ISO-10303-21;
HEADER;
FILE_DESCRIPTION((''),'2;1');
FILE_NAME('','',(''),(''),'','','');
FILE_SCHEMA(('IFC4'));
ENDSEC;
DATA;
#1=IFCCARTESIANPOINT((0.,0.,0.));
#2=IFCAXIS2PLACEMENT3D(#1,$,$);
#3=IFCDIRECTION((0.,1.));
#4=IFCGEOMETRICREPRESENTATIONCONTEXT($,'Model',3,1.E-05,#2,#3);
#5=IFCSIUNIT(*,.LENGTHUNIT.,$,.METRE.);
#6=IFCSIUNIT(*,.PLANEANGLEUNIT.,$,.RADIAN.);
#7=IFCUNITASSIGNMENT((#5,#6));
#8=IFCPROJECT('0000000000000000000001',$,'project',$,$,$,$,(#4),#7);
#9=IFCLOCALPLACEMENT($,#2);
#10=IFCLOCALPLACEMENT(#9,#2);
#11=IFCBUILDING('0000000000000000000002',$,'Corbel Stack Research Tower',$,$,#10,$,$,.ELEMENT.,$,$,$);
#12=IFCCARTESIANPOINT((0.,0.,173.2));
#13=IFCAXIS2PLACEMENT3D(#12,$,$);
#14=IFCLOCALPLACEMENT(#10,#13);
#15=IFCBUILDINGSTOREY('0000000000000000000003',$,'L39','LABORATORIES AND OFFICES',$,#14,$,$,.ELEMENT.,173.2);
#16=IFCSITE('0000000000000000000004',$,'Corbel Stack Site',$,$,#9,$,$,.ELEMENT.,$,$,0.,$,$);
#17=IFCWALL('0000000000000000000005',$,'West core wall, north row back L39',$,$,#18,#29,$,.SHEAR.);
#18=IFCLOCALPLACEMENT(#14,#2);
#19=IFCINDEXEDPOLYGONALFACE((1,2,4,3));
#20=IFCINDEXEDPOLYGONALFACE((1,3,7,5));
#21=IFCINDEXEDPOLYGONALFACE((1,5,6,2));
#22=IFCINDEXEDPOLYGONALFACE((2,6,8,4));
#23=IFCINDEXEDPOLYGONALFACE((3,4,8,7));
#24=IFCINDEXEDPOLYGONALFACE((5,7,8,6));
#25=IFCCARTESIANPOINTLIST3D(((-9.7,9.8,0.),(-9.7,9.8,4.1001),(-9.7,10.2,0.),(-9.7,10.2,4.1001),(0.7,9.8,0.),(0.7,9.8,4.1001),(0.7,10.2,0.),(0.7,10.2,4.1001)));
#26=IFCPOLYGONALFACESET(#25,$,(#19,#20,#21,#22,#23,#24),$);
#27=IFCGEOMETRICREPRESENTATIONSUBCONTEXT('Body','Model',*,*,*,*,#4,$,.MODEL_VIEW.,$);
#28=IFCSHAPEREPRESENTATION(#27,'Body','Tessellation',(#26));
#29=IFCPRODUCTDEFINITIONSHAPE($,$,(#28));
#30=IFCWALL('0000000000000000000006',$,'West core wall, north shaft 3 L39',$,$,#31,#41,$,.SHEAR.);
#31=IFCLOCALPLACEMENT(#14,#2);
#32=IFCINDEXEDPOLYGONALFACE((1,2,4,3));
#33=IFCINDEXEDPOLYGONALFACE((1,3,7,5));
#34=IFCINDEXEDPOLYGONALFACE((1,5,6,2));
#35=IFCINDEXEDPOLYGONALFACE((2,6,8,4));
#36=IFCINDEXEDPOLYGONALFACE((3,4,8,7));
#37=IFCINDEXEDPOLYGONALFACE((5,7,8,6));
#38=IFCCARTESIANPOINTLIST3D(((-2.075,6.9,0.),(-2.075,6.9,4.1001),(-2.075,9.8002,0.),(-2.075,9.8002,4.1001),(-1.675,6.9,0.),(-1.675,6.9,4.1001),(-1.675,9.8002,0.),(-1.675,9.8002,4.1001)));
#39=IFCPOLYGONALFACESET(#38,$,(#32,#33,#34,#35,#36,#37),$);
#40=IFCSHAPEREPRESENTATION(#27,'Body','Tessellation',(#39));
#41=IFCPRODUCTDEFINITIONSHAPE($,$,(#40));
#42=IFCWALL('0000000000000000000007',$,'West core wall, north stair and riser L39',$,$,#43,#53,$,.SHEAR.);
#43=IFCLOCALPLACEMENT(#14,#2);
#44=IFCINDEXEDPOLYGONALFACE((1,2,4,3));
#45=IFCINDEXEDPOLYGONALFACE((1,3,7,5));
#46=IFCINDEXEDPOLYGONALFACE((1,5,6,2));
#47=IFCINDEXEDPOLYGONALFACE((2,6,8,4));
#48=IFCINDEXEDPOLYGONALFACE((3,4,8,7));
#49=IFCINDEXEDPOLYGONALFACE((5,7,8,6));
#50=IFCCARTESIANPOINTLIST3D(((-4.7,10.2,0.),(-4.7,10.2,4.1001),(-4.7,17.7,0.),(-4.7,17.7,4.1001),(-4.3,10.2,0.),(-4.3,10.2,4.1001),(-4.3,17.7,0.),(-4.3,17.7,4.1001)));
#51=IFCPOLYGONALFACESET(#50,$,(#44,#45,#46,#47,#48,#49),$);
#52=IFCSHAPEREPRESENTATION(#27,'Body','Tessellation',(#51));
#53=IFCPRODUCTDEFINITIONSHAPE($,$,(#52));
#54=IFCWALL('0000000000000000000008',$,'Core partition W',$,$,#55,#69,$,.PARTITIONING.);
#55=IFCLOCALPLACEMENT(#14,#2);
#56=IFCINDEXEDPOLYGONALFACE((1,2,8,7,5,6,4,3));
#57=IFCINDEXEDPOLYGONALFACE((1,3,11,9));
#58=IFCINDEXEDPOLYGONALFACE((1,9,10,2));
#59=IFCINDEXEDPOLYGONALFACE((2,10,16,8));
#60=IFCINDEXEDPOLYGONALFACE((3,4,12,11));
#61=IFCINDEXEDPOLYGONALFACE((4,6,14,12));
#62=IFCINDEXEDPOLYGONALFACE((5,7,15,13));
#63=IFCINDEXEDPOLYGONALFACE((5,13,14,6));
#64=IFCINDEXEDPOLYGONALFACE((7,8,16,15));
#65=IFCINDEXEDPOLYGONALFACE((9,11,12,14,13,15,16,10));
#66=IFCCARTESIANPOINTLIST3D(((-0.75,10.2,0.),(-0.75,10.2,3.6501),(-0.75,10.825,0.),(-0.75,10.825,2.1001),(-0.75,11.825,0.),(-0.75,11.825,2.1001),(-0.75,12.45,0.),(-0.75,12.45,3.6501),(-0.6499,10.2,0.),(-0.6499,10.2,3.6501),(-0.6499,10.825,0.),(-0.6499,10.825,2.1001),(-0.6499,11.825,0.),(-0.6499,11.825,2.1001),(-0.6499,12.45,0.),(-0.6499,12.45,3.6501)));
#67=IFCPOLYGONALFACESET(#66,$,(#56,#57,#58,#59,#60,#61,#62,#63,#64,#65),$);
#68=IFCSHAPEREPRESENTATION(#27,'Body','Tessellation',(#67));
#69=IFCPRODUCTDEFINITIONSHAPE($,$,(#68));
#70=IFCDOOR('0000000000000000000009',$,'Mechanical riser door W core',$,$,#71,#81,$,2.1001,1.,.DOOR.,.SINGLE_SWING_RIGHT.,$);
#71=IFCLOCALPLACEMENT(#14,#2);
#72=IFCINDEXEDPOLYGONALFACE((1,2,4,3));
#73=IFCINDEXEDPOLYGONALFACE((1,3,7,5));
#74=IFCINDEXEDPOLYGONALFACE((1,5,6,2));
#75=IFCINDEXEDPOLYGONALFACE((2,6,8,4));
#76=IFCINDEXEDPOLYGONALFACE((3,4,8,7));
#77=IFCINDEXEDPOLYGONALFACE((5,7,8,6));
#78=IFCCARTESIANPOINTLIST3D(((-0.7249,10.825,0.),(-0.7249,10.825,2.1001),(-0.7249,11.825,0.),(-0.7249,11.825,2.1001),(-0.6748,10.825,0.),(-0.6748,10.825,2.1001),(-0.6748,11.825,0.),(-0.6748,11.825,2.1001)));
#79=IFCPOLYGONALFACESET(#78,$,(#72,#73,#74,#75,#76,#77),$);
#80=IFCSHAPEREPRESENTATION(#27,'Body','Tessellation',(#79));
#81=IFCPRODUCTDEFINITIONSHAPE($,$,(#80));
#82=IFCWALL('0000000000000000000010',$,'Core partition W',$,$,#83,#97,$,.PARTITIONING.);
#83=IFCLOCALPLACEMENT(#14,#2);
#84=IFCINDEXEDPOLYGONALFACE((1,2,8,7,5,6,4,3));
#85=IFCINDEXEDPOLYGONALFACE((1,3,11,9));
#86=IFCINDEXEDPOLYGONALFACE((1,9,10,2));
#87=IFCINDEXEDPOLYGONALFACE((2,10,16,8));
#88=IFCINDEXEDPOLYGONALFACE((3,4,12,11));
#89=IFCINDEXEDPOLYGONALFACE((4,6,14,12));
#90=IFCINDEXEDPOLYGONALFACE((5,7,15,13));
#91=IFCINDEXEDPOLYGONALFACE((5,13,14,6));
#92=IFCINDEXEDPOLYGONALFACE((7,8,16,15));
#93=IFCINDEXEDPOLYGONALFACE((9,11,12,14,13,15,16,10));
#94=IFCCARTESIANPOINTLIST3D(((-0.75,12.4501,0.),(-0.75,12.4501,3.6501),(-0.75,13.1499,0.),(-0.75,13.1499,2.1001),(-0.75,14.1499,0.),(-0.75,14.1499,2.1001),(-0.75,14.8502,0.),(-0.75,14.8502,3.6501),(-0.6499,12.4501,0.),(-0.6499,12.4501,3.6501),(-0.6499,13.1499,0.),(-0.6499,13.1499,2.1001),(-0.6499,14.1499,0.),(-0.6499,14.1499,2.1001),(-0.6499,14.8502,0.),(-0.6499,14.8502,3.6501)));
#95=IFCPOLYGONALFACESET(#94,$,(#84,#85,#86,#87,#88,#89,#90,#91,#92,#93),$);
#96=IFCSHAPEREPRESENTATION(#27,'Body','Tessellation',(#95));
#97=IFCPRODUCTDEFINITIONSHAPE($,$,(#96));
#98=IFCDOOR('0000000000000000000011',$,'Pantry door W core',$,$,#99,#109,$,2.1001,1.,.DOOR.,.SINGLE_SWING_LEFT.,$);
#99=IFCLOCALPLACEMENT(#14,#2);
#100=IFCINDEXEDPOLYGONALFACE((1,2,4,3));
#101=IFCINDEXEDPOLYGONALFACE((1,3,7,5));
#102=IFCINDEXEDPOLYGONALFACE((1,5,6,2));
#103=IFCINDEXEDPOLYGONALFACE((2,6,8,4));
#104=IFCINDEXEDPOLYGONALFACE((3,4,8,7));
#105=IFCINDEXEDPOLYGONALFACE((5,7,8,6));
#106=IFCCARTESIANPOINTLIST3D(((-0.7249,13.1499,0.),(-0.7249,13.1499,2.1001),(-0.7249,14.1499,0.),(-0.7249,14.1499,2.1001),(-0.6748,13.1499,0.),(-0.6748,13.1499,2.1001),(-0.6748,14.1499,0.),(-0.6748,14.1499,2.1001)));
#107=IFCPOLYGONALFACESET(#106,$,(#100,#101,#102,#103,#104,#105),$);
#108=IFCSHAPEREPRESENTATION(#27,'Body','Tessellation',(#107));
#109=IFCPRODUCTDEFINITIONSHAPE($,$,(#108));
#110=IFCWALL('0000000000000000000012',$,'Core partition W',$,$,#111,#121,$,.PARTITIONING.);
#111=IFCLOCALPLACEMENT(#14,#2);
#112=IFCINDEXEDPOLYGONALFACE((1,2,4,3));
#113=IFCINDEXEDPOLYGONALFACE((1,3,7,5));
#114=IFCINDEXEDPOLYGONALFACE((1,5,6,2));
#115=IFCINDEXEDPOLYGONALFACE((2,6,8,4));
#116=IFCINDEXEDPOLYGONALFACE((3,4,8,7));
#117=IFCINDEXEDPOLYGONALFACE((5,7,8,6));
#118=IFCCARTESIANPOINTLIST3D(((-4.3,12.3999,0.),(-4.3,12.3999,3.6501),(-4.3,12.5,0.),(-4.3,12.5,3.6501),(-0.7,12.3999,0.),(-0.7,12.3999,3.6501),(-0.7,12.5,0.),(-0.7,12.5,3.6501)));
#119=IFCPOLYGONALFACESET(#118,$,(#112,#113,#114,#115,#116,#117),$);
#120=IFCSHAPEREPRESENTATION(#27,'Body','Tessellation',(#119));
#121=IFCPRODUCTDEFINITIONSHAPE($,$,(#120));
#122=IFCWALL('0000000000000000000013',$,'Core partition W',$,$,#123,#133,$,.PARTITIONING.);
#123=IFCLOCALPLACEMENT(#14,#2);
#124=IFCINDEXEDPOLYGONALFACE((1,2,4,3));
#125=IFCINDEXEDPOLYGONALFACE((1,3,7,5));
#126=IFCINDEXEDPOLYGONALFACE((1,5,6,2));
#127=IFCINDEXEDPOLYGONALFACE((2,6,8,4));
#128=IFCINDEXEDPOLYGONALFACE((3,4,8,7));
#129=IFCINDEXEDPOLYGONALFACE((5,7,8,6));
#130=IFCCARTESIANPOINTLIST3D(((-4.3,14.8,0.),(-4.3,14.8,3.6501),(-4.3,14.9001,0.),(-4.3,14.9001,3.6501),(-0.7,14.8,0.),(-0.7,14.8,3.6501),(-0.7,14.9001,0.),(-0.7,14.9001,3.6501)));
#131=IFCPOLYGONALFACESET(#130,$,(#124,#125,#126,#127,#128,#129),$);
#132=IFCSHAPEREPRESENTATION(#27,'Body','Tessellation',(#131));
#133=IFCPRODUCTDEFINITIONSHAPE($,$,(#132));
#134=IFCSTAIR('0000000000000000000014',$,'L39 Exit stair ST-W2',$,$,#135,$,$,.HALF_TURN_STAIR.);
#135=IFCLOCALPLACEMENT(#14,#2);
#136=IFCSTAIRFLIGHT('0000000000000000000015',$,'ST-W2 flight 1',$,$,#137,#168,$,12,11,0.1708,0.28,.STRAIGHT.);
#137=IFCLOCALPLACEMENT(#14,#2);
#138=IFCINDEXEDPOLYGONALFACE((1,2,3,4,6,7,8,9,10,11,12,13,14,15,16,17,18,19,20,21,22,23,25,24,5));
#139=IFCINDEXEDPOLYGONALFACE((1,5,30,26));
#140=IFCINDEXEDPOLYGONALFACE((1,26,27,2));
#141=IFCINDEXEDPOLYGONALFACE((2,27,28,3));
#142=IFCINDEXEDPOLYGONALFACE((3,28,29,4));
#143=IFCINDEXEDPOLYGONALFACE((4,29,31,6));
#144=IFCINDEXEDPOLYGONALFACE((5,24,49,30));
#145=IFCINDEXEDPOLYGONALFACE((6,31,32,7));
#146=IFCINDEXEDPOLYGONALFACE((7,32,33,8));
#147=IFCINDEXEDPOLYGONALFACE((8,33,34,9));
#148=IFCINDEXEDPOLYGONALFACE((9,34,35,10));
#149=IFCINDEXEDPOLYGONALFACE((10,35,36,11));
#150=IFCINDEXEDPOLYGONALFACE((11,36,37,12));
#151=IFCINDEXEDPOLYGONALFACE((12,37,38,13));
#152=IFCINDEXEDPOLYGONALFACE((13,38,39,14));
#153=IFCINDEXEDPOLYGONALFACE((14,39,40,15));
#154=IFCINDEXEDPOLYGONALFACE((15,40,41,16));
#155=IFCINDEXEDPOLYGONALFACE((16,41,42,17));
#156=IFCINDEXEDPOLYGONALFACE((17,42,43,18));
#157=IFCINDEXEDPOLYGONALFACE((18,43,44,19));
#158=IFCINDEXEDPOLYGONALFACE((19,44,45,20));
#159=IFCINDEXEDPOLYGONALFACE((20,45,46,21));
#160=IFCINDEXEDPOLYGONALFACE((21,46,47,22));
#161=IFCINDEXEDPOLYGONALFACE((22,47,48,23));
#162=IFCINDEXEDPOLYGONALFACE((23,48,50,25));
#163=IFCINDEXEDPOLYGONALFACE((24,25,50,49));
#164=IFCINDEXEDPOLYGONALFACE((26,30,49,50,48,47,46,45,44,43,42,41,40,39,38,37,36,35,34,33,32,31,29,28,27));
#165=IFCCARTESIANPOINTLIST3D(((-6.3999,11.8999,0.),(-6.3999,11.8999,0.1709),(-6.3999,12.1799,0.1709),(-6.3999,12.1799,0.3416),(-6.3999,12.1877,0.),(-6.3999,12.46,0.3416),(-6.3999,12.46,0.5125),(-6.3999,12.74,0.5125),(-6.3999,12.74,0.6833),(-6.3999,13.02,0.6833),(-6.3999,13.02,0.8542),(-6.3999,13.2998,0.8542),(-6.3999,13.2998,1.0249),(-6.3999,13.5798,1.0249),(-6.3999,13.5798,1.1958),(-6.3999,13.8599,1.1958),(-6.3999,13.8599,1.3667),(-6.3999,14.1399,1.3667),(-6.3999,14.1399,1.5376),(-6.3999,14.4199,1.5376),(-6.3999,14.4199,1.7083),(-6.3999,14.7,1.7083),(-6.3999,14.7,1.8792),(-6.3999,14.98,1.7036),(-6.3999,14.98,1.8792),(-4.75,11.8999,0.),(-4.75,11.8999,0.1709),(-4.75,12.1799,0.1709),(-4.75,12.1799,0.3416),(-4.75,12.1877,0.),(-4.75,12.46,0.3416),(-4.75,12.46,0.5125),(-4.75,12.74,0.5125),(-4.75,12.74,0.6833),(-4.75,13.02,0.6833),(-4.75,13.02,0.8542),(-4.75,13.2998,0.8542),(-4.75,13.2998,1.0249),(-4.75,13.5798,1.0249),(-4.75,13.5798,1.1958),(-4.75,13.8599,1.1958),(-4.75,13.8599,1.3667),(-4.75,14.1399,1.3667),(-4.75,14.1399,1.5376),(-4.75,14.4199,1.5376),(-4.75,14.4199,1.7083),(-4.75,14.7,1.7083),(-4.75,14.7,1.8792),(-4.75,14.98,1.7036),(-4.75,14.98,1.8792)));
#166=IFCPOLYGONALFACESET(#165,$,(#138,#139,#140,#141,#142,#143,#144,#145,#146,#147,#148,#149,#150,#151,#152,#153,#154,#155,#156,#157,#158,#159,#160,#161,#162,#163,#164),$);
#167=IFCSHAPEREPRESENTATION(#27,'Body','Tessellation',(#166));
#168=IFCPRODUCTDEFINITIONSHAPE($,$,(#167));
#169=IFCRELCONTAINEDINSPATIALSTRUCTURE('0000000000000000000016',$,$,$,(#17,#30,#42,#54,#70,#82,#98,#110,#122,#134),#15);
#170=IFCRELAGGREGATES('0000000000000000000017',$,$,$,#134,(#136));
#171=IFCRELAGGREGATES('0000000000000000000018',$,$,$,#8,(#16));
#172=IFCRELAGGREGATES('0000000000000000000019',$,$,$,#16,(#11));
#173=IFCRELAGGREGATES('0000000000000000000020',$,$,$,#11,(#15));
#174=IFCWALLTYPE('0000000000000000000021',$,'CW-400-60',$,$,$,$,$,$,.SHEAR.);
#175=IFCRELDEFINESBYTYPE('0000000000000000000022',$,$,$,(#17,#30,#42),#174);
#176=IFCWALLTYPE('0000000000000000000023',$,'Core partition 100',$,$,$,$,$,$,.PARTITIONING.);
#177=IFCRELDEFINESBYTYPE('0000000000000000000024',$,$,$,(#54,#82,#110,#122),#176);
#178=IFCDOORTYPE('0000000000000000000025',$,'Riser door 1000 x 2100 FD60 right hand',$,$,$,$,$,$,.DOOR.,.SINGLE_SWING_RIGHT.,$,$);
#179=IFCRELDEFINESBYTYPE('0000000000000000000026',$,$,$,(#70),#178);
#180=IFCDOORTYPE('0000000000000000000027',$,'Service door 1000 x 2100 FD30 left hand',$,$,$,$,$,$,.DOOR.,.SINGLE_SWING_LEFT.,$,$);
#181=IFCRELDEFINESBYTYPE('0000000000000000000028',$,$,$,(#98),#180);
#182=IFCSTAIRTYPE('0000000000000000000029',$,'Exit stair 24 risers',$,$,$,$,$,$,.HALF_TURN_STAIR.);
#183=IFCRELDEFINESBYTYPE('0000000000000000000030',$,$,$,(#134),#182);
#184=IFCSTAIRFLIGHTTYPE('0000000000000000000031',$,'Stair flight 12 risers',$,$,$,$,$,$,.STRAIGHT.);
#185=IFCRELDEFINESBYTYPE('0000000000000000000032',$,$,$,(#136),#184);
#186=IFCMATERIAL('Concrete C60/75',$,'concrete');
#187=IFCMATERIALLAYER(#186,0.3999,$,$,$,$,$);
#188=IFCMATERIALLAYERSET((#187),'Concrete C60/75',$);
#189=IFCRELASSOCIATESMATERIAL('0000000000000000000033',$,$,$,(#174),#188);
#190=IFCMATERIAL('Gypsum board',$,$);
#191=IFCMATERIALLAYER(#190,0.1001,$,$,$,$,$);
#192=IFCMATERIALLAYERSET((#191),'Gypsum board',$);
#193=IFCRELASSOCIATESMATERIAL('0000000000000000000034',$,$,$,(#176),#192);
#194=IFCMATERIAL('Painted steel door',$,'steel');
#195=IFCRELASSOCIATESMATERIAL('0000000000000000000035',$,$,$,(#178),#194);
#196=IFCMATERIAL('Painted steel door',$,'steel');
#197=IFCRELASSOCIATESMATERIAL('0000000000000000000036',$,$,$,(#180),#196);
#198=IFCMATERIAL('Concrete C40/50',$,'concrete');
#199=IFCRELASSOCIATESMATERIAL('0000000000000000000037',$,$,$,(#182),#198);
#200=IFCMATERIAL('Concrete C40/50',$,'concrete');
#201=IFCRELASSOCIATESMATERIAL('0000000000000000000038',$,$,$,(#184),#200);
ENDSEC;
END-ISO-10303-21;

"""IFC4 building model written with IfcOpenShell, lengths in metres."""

from ifc_helpers import new_model, si_unit, direction, frame, frame_2d, origin, place, context, subcontext, project, spatial, polyline, rectangle, outline, extrude, material, layer, layer_set, type_object, element, fill, aggregate, save


model = new_model("IFC4")

# Units and contexts
model_context = context("Model", 3, precision=1e-05, world=origin(), true_north=direction((0.0, 1.0)))
body_context = subcontext(model_context, "Body", "Model", "MODEL_VIEW")
ifc_project = project(units=[si_unit("LENGTHUNIT", "METRE"), si_unit("PLANEANGLEUNIT", "RADIAN")], contexts=[model_context])

# Site, building, storey
site_placement = place(None, origin())
site = spatial("IfcSite", under=ifc_project, at=site_placement, Name="Corbel Stack Site", CompositionType="ELEMENT", RefElevation=0.0)
building_placement = place(site_placement, origin())
building = spatial("IfcBuilding", under=site, at=building_placement, Name="Corbel Stack Research Tower", CompositionType="ELEMENT")
storey_placement = place(building_placement, frame((0.0, 0.0, 173.2)))
storey = spatial("IfcBuildingStorey", under=building, at=storey_placement, Name="L39", Description="LABORATORIES AND OFFICES", CompositionType="ELEMENT", Elevation=173.2)

# Walls
ifc_material_1 = material(Name="Concrete C60/75", Category="concrete")
ifc_layer_1 = layer(ifc_material_1, 0.3999)
ifc_layer_set_1 = layer_set([ifc_layer_1], Name="Concrete C60/75")
wall_type_1 = type_object("IfcWallType", Name="CW-400-60", PredefinedType="SHEAR", material=ifc_layer_set_1)
wall_1_placement = place(storey_placement, frame((-9.7, 10.0, 0.0), z_axis=(0.0, 0.0, 1.0), x_axis=(1.0, 0.0, 0.0)))
element("IfcWall", 1, at=wall_1_placement, inside=storey, type_object=wall_type_1, Name="West core wall, north row back L39", PredefinedType="SHEAR", context=body_context, shape_type="SweptSolid", body=[
    extrude(rectangle(XDim=10.3999, YDim=0.3999, at=frame_2d((5.2, 0.0))), origin(), (0.0, 0.0, 1.0), 4.1001),
])
wall_2_placement = place(storey_placement, frame((-1.875, 6.8999, 0.0), z_axis=(0.0, 0.0, 1.0), x_axis=(0.0, 1.0, 0.0)))
element("IfcWall", 2, at=wall_2_placement, inside=storey, type_object=wall_type_1, Name="West core wall, north shaft 3 L39", PredefinedType="SHEAR", context=body_context, shape_type="SweptSolid", body=[
    extrude(rectangle(XDim=2.9001, YDim=0.3999, at=frame_2d((1.4502, 0.0))), origin(), (0.0, 0.0, 1.0), 4.1001),
])
wall_3_placement = place(storey_placement, frame((-4.5, 10.2, 0.0), z_axis=(0.0, 0.0, 1.0), x_axis=(0.0, 1.0, 0.0)))
element("IfcWall", 3, at=wall_3_placement, inside=storey, type_object=wall_type_1, Name="West core wall, north stair and riser L39", PredefinedType="SHEAR", context=body_context, shape_type="SweptSolid", body=[
    extrude(rectangle(XDim=7.5, YDim=0.3999, at=frame_2d((3.75, 0.0))), origin(), (0.0, 0.0, 1.0), 4.1001),
])

# Walls, openings, doors
ifc_material_2 = material(Name="Gypsum board")
ifc_layer_2 = layer(ifc_material_2, 0.1001)
ifc_layer_set_2 = layer_set([ifc_layer_2], Name="Gypsum board")
wall_type_2 = type_object("IfcWallType", Name="Core partition 100", PredefinedType="PARTITIONING", material=ifc_layer_set_2)
wall_4_placement = place(storey_placement, frame((-0.7, 10.2, 0.0), z_axis=(0.0, 0.0, 1.0), x_axis=(0.0, 1.0, 0.0)))
wall_4 = element("IfcWall", 4, at=wall_4_placement, inside=storey, type_object=wall_type_2, Name="Core partition W", PredefinedType="PARTITIONING", context=body_context, shape_type="SweptSolid", body=[
    extrude(rectangle(XDim=2.25, YDim=0.1001, at=frame_2d((1.125, 0.0))), origin(), (0.0, 0.0, 1.0), 3.6501),
])
opening_1_placement = place(wall_4_placement, frame((0.625, 0.0, 0.0)))
opening_1 = element("IfcOpeningElement", 5, at=opening_1_placement, cuts=wall_4, PredefinedType="OPENING", context=body_context, shape_type="SweptSolid", body=[
    extrude(rectangle(XDim=1.0, YDim=2.1001, at=frame_2d((0.5, 1.05))), frame((0.0, 0.0601, 0.0), z_axis=(0.0, -1.0, 0.0), x_axis=(1.0, 0.0, 0.0)), (0.0, 0.0, 1.0), 0.1201),
])
ifc_material_3 = material(Name="Painted steel door", Category="steel")
door_type_1 = type_object("IfcDoorType", Name="Riser door 1000 x 2100 FD60 right hand", OperationType="SINGLE_SWING_RIGHT", PredefinedType="DOOR", material=ifc_material_3)
door_1_placement = place(opening_1_placement, origin())
door_1 = element("IfcDoor", 6, at=door_1_placement, inside=storey, type_object=door_type_1, Name="Mechanical riser door W core", OperationType="SINGLE_SWING_RIGHT", OverallHeight=2.1001, OverallWidth=1.0, PredefinedType="DOOR", context=body_context, shape_type="SweptSolid", body=[
    extrude(rectangle(XDim=1.0, YDim=2.1001, at=frame_2d((0.5, 1.05))), frame((0.0, 0.0249, 0.0), z_axis=(0.0, -1.0, 0.0), x_axis=(1.0, 0.0, 0.0)), (0.0, 0.0, 1.0), 0.05),
])
fill(opening_1, door_1)
wall_5_placement = place(storey_placement, frame((-0.7, 12.45, 0.0), z_axis=(0.0, 0.0, 1.0), x_axis=(0.0, 1.0, 0.0)))
wall_5 = element("IfcWall", 7, at=wall_5_placement, inside=storey, type_object=wall_type_2, Name="Core partition W", PredefinedType="PARTITIONING", context=body_context, shape_type="SweptSolid", body=[
    extrude(rectangle(XDim=2.4001, YDim=0.1001, at=frame_2d((1.2002, 0.0))), origin(), (0.0, 0.0, 1.0), 3.6501),
])
opening_2_placement = place(wall_5_placement, frame((0.7, 0.0, 0.0)))
opening_2 = element("IfcOpeningElement", 8, at=opening_2_placement, cuts=wall_5, PredefinedType="OPENING", context=body_context, shape_type="SweptSolid", body=[
    extrude(rectangle(XDim=1.0, YDim=2.1001, at=frame_2d((0.5, 1.05))), frame((0.0, 0.0601, 0.0), z_axis=(0.0, -1.0, 0.0), x_axis=(1.0, 0.0, 0.0)), (0.0, 0.0, 1.0), 0.1201),
])
ifc_material_4 = material(Name="Painted steel door", Category="steel")
door_type_2 = type_object("IfcDoorType", Name="Service door 1000 x 2100 FD30 left hand", OperationType="SINGLE_SWING_LEFT", PredefinedType="DOOR", material=ifc_material_4)
door_2_placement = place(opening_2_placement, origin())
door_2 = element("IfcDoor", 9, at=door_2_placement, inside=storey, type_object=door_type_2, Name="Pantry door W core", OperationType="SINGLE_SWING_LEFT", OverallHeight=2.1001, OverallWidth=1.0, PredefinedType="DOOR", context=body_context, shape_type="SweptSolid", body=[
    extrude(rectangle(XDim=1.0, YDim=2.1001, at=frame_2d((0.5, 1.05))), frame((0.0, 0.0249, 0.0), z_axis=(0.0, -1.0, 0.0), x_axis=(1.0, 0.0, 0.0)), (0.0, 0.0, 1.0), 0.05),
])
fill(opening_2, door_2)

# Walls
for number, where, z_axis, x_axis, name in (
    (10, (-4.3, 12.45, 0.0), (0.0, 0.0, 1.0), (1.0, 0.0, 0.0), "Core partition W"),
    (11, (-4.3, 14.8501, 0.0), (0.0, 0.0, 1.0), (1.0, 0.0, 0.0), "Core partition W"),
):
    element("IfcWall", number, at=place(storey_placement, frame(where, z_axis=z_axis, x_axis=x_axis)), inside=storey, type_object=wall_type_2, Name=name, PredefinedType="PARTITIONING", context=body_context, shape_type="SweptSolid", body=[
        extrude(rectangle(XDim=3.6001, YDim=0.1001, at=frame_2d((1.8, 0.0))), origin(), (0.0, 0.0, 1.0), 3.6501),
    ])

# Stair, stair flight
ifc_material_5 = material(Name="Concrete C40/50", Category="concrete")
stair_type = type_object("IfcStairType", Name="Exit stair 24 risers", PredefinedType="HALF_TURN_STAIR", material=ifc_material_5)
stair_placement = place(storey_placement, origin())
stair = element("IfcStair", 12, at=stair_placement, inside=storey, type_object=stair_type, Name="L39 Exit stair ST-W2", PredefinedType="HALF_TURN_STAIR")
ifc_material_6 = material(Name="Concrete C40/50", Category="concrete")
stair_flight_type = type_object("IfcStairFlightType", Name="Stair flight 12 risers", PredefinedType="STRAIGHT", material=ifc_material_6)
stair_flight_placement = place(storey_placement, frame((-5.575, 11.8999, 0.0), z_axis=(0.0, 0.0, 1.0), x_axis=(0.0, 1.0, 0.0)))
stair_flight = element("IfcStairFlight", 13, at=stair_flight_placement, type_object=stair_flight_type, Name="ST-W2 flight 1", NumberOfRisers=12, NumberOfTreads=11, PredefinedType="STRAIGHT", RiserHeight=0.1708, TreadLength=0.28, context=body_context, shape_type="SweptSolid", body=[
    extrude(outline(polyline([(0.0, 0.0), (0.0, 0.1709), (0.28, 0.1709), (0.28, 0.3416), (0.5601, 0.3416), (0.5601, 0.5125), (0.8401, 0.5125), (0.8401, 0.6833), (1.1201, 0.6833), (1.1201, 0.8542), (1.3999, 0.8542), (1.3999, 1.0249), (1.6799, 1.0249), (1.6799, 1.1958), (1.96, 1.1958), (1.96, 1.3667), (2.24, 1.3667), (2.24, 1.5376), (2.52, 1.5376), (2.52, 1.7083), (2.8, 1.7083), (2.8, 1.8792), (3.0801, 1.8792), (3.0801, 2.05), (3.0801, 1.7036), (0.2878, 0.0), (0.0, 0.0)])), frame((0.0, 0.825, 0.0), z_axis=(0.0, -1.0, 0.0), x_axis=(1.0, 0.0, 0.0)), (0.0, 0.0, 1.0), 1.6499),
])
aggregate(stair, [stair_flight])

save(model, "model.ifc")
